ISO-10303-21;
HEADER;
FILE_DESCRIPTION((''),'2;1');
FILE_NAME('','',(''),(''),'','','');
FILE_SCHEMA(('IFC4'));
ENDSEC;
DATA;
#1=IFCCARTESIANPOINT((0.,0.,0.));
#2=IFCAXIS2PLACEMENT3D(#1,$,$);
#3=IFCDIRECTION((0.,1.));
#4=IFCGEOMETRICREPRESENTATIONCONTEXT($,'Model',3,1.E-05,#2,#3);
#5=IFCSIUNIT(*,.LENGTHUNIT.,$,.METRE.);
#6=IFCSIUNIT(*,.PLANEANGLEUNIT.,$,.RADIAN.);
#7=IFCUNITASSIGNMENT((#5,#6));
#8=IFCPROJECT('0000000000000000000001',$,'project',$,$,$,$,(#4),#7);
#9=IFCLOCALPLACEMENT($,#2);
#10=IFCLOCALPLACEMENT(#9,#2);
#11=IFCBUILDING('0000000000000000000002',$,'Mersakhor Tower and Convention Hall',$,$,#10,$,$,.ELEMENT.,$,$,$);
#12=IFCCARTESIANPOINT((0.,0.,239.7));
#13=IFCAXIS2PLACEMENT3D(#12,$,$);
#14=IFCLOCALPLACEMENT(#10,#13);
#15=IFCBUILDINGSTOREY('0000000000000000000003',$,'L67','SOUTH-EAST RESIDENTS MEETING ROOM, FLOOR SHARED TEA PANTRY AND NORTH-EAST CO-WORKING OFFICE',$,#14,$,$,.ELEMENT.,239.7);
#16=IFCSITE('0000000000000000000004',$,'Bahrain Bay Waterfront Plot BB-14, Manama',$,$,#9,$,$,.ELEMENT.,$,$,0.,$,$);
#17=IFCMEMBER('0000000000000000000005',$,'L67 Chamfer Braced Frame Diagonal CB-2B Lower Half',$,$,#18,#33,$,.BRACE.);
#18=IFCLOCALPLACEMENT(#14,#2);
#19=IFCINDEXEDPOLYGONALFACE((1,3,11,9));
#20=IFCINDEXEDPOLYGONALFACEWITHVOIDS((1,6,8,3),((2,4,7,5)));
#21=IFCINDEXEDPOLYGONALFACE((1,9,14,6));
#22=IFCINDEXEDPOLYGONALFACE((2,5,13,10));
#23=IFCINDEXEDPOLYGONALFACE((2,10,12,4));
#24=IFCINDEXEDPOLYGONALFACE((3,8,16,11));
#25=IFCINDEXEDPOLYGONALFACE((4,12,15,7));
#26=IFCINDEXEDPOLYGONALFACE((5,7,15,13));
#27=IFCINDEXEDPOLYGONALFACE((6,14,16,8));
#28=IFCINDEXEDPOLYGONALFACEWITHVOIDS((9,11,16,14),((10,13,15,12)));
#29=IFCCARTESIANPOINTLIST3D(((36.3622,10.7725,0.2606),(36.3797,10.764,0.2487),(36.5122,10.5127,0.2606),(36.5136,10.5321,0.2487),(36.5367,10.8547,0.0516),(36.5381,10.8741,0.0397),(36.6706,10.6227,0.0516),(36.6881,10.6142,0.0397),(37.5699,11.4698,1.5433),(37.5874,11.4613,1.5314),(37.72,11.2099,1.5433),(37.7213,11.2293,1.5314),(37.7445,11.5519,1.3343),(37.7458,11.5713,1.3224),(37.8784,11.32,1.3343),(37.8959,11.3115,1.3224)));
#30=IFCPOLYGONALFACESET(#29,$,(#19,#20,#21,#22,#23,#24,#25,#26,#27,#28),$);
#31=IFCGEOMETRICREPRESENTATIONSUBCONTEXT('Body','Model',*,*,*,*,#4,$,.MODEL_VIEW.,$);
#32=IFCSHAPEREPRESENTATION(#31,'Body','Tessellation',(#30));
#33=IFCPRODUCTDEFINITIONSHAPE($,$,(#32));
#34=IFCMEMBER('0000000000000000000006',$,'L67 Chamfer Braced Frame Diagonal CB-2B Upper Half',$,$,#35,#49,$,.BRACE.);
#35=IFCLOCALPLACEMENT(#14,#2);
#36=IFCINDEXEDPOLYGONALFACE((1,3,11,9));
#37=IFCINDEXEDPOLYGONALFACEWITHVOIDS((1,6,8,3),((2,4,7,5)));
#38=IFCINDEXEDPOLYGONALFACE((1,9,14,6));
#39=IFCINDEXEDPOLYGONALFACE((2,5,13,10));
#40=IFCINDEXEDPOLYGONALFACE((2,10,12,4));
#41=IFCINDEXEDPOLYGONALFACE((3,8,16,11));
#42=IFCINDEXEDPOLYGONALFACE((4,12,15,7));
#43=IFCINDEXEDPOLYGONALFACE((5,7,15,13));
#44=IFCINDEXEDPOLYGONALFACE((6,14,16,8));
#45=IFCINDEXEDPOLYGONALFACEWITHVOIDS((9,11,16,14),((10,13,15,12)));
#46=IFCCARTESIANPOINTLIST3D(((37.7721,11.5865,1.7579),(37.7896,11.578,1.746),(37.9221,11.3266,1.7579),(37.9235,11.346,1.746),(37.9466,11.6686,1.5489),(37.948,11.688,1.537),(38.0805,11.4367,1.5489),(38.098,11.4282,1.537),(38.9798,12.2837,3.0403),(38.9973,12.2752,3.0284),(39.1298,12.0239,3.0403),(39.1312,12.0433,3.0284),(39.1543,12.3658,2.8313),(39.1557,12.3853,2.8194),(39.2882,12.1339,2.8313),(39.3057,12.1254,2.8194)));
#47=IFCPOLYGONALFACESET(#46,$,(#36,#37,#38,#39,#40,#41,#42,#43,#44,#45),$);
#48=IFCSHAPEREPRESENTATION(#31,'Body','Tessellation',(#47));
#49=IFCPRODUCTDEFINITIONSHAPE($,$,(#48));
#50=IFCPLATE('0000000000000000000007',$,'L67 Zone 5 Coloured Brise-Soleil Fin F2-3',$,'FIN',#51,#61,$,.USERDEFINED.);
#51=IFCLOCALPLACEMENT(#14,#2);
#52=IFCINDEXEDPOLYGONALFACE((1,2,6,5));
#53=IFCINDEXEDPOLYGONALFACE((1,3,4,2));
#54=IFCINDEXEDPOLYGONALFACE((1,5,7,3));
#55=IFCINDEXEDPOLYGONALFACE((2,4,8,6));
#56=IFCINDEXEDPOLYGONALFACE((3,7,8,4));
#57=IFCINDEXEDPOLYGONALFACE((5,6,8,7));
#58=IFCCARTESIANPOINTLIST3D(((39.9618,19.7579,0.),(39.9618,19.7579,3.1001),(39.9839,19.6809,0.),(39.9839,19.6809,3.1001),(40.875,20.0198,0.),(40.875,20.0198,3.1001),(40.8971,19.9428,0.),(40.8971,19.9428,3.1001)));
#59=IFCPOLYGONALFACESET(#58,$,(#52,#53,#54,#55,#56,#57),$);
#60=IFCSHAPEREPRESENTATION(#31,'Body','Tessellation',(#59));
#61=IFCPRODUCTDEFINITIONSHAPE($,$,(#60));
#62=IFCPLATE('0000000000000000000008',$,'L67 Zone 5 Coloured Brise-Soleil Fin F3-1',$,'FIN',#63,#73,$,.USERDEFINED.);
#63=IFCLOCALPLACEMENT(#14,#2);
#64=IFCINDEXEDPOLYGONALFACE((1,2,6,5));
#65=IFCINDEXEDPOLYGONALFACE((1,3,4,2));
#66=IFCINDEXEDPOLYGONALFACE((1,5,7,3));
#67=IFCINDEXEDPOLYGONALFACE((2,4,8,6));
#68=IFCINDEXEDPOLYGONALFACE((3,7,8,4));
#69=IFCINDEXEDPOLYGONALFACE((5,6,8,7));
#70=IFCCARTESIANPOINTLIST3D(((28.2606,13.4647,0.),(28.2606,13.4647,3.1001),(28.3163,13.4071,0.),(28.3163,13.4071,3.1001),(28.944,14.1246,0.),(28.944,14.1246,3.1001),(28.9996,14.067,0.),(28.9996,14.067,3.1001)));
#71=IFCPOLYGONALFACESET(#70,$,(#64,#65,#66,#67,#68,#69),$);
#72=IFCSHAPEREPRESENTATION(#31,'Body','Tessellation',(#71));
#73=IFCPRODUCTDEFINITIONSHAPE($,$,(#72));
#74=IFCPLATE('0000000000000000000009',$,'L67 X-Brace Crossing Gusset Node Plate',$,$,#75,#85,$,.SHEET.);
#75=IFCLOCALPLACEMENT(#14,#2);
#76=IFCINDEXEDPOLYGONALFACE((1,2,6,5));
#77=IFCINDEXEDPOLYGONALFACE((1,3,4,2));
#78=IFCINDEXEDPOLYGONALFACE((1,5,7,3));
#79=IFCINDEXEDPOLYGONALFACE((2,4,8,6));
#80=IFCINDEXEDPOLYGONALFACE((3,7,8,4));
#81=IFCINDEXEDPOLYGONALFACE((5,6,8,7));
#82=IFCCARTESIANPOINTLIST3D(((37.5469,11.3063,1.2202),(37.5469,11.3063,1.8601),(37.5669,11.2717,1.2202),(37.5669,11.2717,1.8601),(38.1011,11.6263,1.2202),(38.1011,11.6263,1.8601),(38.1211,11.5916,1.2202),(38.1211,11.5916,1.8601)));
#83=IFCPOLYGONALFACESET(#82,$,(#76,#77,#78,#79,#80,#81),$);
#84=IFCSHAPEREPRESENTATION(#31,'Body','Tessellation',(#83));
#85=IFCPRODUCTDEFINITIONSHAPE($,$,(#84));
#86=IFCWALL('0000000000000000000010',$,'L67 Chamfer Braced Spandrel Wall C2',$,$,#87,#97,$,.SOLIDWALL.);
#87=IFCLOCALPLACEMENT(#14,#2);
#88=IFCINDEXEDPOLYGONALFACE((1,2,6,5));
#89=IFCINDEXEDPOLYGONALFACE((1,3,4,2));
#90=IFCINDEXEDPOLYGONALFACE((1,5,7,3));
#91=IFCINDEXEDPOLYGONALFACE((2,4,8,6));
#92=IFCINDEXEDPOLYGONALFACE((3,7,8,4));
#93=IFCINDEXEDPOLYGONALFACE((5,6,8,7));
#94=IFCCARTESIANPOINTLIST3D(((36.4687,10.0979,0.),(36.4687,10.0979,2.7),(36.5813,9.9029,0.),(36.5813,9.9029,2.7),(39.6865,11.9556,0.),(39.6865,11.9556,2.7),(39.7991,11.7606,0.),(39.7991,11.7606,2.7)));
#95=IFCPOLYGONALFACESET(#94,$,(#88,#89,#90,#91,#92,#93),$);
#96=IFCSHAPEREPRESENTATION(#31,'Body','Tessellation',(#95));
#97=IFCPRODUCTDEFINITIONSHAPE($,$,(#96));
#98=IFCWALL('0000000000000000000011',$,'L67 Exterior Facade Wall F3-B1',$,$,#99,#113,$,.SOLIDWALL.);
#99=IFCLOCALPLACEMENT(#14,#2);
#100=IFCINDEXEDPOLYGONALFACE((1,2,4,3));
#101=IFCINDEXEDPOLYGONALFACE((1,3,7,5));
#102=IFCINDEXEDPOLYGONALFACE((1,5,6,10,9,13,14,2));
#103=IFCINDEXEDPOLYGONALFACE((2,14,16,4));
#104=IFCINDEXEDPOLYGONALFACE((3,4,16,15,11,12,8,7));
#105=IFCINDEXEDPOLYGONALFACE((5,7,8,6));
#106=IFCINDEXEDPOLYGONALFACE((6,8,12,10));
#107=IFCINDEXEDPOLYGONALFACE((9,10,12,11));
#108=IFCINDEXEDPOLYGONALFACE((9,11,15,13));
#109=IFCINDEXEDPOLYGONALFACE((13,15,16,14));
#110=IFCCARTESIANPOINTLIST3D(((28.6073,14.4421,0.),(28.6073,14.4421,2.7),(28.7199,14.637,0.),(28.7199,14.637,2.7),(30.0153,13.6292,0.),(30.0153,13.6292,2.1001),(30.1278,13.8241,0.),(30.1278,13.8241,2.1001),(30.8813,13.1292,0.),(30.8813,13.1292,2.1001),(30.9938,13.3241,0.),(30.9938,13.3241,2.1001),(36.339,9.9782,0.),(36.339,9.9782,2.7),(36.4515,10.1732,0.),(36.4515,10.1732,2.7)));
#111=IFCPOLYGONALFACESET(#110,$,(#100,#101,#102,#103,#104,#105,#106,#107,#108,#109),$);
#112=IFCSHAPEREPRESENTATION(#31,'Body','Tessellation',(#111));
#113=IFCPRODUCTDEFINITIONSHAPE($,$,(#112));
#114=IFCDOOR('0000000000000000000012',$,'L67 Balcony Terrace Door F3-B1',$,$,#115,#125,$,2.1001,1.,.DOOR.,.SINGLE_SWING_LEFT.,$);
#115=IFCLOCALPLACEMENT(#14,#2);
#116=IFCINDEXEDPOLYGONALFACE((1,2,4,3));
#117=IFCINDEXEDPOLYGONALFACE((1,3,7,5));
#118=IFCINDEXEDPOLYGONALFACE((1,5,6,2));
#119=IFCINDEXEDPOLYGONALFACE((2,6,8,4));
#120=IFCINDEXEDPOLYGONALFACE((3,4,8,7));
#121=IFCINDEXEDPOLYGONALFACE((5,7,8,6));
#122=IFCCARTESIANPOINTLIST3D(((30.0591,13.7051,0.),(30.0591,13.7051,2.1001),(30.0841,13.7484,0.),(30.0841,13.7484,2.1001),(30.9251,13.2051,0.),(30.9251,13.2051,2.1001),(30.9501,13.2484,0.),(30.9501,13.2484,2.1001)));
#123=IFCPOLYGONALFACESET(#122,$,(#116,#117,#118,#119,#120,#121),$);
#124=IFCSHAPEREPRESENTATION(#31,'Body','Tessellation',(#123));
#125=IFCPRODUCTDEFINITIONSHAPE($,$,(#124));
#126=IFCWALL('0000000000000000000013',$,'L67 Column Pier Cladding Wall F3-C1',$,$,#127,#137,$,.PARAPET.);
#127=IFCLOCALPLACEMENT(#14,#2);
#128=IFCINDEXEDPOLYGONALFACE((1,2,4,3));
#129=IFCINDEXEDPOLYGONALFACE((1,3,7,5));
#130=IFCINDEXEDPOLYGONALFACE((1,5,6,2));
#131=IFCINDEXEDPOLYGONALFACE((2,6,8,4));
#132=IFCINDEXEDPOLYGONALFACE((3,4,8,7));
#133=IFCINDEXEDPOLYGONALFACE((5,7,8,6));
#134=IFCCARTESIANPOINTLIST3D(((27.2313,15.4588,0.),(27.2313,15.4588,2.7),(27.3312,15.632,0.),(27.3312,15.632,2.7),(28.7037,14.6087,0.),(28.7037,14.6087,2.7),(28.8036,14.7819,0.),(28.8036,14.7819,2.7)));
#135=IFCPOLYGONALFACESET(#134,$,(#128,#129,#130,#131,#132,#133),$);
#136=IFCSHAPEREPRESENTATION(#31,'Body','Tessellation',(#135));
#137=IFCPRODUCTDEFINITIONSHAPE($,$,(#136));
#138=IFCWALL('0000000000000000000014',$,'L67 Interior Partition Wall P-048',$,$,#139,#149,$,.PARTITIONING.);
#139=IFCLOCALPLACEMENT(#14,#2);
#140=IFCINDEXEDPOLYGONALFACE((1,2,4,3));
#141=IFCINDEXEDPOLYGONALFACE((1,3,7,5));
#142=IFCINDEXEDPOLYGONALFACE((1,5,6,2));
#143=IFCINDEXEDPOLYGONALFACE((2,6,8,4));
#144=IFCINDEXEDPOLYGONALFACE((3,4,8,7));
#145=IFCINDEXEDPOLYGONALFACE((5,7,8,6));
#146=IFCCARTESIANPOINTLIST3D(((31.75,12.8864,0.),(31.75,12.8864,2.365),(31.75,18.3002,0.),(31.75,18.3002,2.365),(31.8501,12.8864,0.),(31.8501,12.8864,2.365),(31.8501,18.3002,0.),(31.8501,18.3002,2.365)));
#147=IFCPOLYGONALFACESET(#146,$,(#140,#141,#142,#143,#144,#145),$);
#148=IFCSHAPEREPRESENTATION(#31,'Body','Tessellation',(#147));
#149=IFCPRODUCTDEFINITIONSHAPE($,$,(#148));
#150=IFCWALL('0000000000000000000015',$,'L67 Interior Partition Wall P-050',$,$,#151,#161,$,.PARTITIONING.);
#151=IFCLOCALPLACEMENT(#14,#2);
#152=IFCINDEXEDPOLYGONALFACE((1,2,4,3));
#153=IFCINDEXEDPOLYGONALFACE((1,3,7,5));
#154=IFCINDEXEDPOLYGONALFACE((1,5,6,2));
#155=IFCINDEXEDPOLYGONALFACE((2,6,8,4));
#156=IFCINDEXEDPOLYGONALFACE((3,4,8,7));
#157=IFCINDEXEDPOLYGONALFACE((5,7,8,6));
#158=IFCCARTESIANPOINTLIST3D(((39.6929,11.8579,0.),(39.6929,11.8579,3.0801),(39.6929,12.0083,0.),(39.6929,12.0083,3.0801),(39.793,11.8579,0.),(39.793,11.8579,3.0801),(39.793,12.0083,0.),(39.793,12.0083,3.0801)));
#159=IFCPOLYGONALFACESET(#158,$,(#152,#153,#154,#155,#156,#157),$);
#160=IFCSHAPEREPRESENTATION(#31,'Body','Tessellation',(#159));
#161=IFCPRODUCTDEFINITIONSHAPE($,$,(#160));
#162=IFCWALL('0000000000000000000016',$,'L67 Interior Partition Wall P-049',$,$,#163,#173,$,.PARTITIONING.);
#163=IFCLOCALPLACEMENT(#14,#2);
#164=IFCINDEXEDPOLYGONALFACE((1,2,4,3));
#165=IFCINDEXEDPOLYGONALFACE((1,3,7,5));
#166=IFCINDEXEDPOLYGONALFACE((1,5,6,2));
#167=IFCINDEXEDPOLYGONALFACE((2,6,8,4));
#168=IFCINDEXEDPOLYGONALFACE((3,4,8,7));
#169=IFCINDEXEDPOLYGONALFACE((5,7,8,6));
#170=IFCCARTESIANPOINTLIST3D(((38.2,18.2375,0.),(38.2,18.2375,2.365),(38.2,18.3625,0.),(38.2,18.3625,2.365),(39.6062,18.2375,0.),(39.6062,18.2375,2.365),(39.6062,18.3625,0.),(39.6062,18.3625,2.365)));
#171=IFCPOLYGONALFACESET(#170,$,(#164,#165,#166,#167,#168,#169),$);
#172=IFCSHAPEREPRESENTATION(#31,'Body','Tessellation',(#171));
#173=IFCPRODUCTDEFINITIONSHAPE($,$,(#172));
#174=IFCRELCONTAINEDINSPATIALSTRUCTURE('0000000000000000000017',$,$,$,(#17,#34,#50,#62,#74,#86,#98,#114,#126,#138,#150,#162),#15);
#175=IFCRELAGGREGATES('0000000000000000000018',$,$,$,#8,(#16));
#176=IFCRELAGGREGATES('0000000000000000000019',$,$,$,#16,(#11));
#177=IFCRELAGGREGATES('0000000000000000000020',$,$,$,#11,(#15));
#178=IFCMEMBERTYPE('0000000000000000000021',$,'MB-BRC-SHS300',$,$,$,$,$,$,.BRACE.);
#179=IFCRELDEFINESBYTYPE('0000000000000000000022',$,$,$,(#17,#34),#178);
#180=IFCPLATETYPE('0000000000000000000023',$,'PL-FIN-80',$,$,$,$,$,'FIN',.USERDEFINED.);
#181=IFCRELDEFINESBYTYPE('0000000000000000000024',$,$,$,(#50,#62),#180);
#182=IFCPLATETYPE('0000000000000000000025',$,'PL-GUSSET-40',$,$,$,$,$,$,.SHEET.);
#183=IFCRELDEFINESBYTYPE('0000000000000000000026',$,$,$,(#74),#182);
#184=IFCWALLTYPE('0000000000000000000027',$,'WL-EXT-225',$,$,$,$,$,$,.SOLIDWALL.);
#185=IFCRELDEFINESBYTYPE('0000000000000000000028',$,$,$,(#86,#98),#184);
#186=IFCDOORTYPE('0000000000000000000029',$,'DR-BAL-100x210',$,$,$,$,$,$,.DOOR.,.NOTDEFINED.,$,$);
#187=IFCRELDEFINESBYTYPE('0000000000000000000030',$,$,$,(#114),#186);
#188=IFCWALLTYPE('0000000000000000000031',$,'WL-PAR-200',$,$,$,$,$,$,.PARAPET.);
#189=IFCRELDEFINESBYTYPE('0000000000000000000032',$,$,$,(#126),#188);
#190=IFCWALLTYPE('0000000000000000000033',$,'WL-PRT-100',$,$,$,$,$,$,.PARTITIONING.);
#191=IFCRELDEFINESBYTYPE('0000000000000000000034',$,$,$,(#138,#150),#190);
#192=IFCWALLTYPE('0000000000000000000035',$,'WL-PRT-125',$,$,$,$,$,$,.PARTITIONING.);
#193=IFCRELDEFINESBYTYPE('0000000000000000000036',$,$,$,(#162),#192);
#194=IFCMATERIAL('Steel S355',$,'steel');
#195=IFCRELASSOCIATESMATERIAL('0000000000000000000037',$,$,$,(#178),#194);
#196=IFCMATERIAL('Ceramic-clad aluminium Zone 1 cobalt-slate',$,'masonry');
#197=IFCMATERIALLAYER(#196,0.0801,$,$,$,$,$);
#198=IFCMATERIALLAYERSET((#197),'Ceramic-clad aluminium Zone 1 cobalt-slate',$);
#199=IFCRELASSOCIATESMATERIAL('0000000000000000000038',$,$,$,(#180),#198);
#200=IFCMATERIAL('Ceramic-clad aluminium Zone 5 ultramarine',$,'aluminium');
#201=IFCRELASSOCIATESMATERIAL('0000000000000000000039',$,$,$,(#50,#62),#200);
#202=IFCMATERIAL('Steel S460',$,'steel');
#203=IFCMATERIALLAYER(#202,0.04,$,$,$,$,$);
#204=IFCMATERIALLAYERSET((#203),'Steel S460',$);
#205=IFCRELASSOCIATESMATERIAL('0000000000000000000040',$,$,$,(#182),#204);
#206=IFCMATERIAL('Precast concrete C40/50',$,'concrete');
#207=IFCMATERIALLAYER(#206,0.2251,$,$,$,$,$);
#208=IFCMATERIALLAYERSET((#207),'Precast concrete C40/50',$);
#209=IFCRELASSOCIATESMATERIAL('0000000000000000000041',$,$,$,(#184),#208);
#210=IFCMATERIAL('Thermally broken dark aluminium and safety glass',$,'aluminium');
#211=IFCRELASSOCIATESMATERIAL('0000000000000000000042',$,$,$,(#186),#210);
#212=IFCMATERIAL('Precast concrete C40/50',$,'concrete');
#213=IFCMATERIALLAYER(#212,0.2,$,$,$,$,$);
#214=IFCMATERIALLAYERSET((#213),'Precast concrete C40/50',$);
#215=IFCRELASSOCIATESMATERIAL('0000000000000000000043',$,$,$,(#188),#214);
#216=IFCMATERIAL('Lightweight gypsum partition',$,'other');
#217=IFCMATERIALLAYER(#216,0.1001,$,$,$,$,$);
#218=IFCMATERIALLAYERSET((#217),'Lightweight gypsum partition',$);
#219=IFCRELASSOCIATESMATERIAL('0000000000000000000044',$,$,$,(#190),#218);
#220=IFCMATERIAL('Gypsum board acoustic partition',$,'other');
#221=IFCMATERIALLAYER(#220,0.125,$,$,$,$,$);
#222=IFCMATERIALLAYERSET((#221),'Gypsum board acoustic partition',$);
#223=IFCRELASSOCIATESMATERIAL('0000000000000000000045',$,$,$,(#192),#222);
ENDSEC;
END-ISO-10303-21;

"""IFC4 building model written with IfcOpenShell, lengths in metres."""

from ifc_helpers import new_model, si_unit, direction, frame, frame_2d, origin, origin_2d, place, context, subcontext, project, spatial, rectangle, hollow_rectangle, extrude, material, layer, layer_set, material_profile, profile_set, type_object, element, fill, save


model = new_model("IFC4")

# Units and contexts
model_context = context("Model", 3, precision=1e-05, world=origin(), true_north=direction((0.0, 1.0)))
body_context = subcontext(model_context, "Body", "Model", "MODEL_VIEW")
ifc_project = project(units=[si_unit("LENGTHUNIT", "METRE"), si_unit("PLANEANGLEUNIT", "RADIAN")], contexts=[model_context])

# Site, building, storey
site_placement = place(None, origin())
site = spatial("IfcSite", under=ifc_project, at=site_placement, Name="Bahrain Bay Waterfront Plot BB-14, Manama", CompositionType="ELEMENT", RefElevation=0.0)
building_placement = place(site_placement, origin())
building = spatial("IfcBuilding", under=site, at=building_placement, Name="Mersakhor Tower and Convention Hall", CompositionType="ELEMENT")
storey_placement = place(building_placement, frame((0.0, 0.0, 239.7)))
storey = spatial("IfcBuildingStorey", under=building, at=storey_placement, Name="L67", Description="SOUTH-EAST RESIDENTS MEETING ROOM, FLOOR SHARED TEA PANTRY AND NORTH-EAST CO-WORKING OFFICE", CompositionType="ELEMENT", Elevation=239.7)

# Members
ifc_material_1 = material(Name="Steel S355", Category="steel")
ifc_material_profile_1 = material_profile(ifc_material_1, hollow_rectangle(XDim=0.3, YDim=0.3, WallThickness=0.0161, at=origin_2d()), Name="SHS 300x300x16")
ifc_profile_set_1 = profile_set([ifc_material_profile_1], Name="Steel S355")
member_type = type_object("IfcMemberType", Name="MB-BRC-SHS300", PredefinedType="BRACE", material=ifc_profile_set_1)
member_1_placement = place(storey_placement, frame((36.5251, 10.6934, 0.1501), z_axis=(0.637413, 0.367991, 0.676969), x_axis=(-0.49998, 0.866037, 0.0)))
element("IfcMember", 1, at=member_1_placement, inside=storey, type_object=member_type, Name="L67 Chamfer Braced Frame Diagonal CB-2B Lower Half", PredefinedType="BRACE", context=body_context, shape_type="SweptSolid", body=[
    extrude(hollow_rectangle(XDim=0.3, YDim=0.3, WallThickness=0.0161, at=origin_2d()), origin(), (0.0, 0.0, 1.0), 1.8948),
])
member_2_placement = place(storey_placement, frame((37.9351, 11.5073, 1.6475), z_axis=(0.637468, 0.368023, 0.6769), x_axis=(-0.49998, 0.866037, 0.0)))
element("IfcMember", 2, at=member_2_placement, inside=storey, type_object=member_type, Name="L67 Chamfer Braced Frame Diagonal CB-2B Upper Half", PredefinedType="BRACE", context=body_context, shape_type="SweptSolid", body=[
    extrude(hollow_rectangle(XDim=0.3, YDim=0.3, WallThickness=0.0161, at=origin_2d()), origin(), (0.0, 0.0, 1.0), 1.8945),
])

# Plates
ifc_material_2 = material(Name="Ceramic-clad aluminium Zone 5 ultramarine", Category="aluminium")
ifc_material_3 = material(Name="Ceramic-clad aluminium Zone 1 cobalt-slate", Category="masonry")
ifc_layer_1 = layer(ifc_material_3, 0.0801)
ifc_layer_set_1 = layer_set([ifc_layer_1], Name="Ceramic-clad aluminium Zone 1 cobalt-slate")
plate_type_1 = type_object("IfcPlateType", Name="PL-FIN-80", ElementType="FIN", PredefinedType="USERDEFINED", material=ifc_layer_set_1)
for number, where, z_axis, x_axis, name in (
    (3, (40.4294, 19.8503, 0.0), (0.0, 0.0, 1.0), (0.961262, 0.275637, 0.0), "L67 Zone 5 Coloured Brise-Soleil Fin F2-3"),
    (4, (28.6301, 13.7659, 0.0), (0.0, 0.0, 1.0), (-0.71934, -0.694658, 0.0), "L67 Zone 5 Coloured Brise-Soleil Fin F3-1"),
):
    element("IfcPlate", number, at=place(storey_placement, frame(where, z_axis=z_axis, x_axis=x_axis)), inside=storey, type_object=plate_type_1, material=ifc_material_2, Name=name, ObjectType="FIN", PredefinedType="USERDEFINED", context=body_context, shape_type="SweptSolid", body=[
        extrude(rectangle(XDim=0.95, YDim=0.0801, at=origin_2d()), origin(), (0.0, 0.0, 1.0), 3.1001),
    ])
ifc_material_4 = material(Name="Steel S460", Category="steel")
ifc_layer_2 = layer(ifc_material_4, 0.04)
ifc_layer_set_2 = layer_set([ifc_layer_2], Name="Steel S460")
plate_type_2 = type_object("IfcPlateType", Name="PL-GUSSET-40", PredefinedType="SHEET", material=ifc_layer_set_2)
plate_placement = place(storey_placement, frame((37.834, 11.449, 1.2202), z_axis=(0.0, 0.0, 1.0), x_axis=(0.866025, 0.5, 0.0)))
element("IfcPlate", 5, at=plate_placement, inside=storey, type_object=plate_type_2, Name="L67 X-Brace Crossing Gusset Node Plate", PredefinedType="SHEET", context=body_context, shape_type="SweptSolid", body=[
    extrude(rectangle(XDim=0.6399, YDim=0.04, at=origin_2d()), origin(), (0.0, 0.0, 1.0), 0.6399),
])

# Wall
ifc_material_5 = material(Name="Precast concrete C40/50", Category="concrete")
ifc_layer_3 = layer(ifc_material_5, 0.2251)
ifc_layer_set_3 = layer_set([ifc_layer_3], Name="Precast concrete C40/50")
wall_type_1 = type_object("IfcWallType", Name="WL-EXT-225", PredefinedType="SOLIDWALL", material=ifc_layer_set_3)
wall_1_placement = place(storey_placement, frame((39.7429, 11.8582, 0.0), z_axis=(0.0, 0.0, 1.0), x_axis=(-0.866039, -0.499977, 0.0)))
element("IfcWall", 6, at=wall_1_placement, inside=storey, type_object=wall_type_1, Name="L67 Chamfer Braced Spandrel Wall C2", PredefinedType="SOLIDWALL", context=body_context, shape_type="SweptSolid", body=[
    extrude(rectangle(XDim=3.7156, YDim=0.2251, at=frame_2d((1.8579, 0.0))), origin(), (0.0, 0.0, 1.0), 2.7),
])

# Wall, opening, door
wall_2_placement = place(storey_placement, frame((36.3953, 10.0757, 0.0), z_axis=(0.0, 0.0, 1.0), x_axis=(-0.866027, 0.499998, 0.0)))
wall_2 = element("IfcWall", 7, at=wall_2_placement, inside=storey, type_object=wall_type_1, Name="L67 Exterior Facade Wall F3-B1", PredefinedType="SOLIDWALL", context=body_context, shape_type="SweptSolid", body=[
    extrude(rectangle(XDim=8.9277, YDim=0.2251, at=frame_2d((4.4639, 0.0))), origin(), (0.0, 0.0, 1.0), 2.7),
])
opening_1_placement = place(wall_2_placement, frame((6.302, 0.0, 0.0)))
opening_1 = element("IfcOpeningElement", 8, at=opening_1_placement, cuts=wall_2, PredefinedType="OPENING", context=body_context, shape_type="SweptSolid", body=[
    extrude(rectangle(XDim=1.0, YDim=2.1001, at=frame_2d((0.5, 1.05))), frame((0.0, 0.1226, 0.0), z_axis=(0.0, -1.0, 0.0), x_axis=(1.0, 0.0, 0.0)), (0.0, 0.0, 1.0), 0.2451),
])
ifc_material_6 = material(Name="Thermally broken dark aluminium and safety glass", Category="aluminium")
door_type_1 = type_object("IfcDoorType", Name="DR-BAL-100x210", OperationType="NOTDEFINED", PredefinedType="DOOR", material=ifc_material_6)
door_1_placement = place(opening_1_placement, origin())
door_1 = element("IfcDoor", 9, at=door_1_placement, inside=storey, type_object=door_type_1, Name="L67 Balcony Terrace Door F3-B1", OperationType="SINGLE_SWING_LEFT", OverallHeight=2.1001, OverallWidth=1.0, PredefinedType="DOOR", context=body_context, shape_type="SweptSolid", body=[
    extrude(rectangle(XDim=1.0, YDim=2.1001, at=frame_2d((0.5, 1.05))), frame((0.0, 0.0249, 0.0), z_axis=(0.0, -1.0, 0.0), x_axis=(1.0, 0.0, 0.0)), (0.0, 0.0, 1.0), 0.05),
])
fill(opening_1, door_1)

# Walls
ifc_material_7 = material(Name="Precast concrete C40/50", Category="concrete")
ifc_layer_4 = layer(ifc_material_7, 0.2)
ifc_layer_set_4 = layer_set([ifc_layer_4], Name="Precast concrete C40/50")
wall_type_2 = type_object("IfcWallType", Name="WL-PAR-200", PredefinedType="PARAPET", material=ifc_layer_set_4)
wall_3_placement = place(storey_placement, frame((28.7537, 14.6953, 0.0), z_axis=(0.0, 0.0, 1.0), x_axis=(-0.866025, 0.5, 0.0)))
element("IfcWall", 10, at=wall_3_placement, inside=storey, type_object=wall_type_2, Name="L67 Column Pier Cladding Wall F3-C1", PredefinedType="PARAPET", context=body_context, shape_type="SweptSolid", body=[
    extrude(rectangle(XDim=1.7002, YDim=0.2, at=frame_2d((0.8501, 0.0))), origin(), (0.0, 0.0, 1.0), 2.7),
])
ifc_material_8 = material(Name="Lightweight gypsum partition", Category="other")
ifc_layer_5 = layer(ifc_material_8, 0.1001)
ifc_layer_set_5 = layer_set([ifc_layer_5], Name="Lightweight gypsum partition")
wall_type_3 = type_object("IfcWallType", Name="WL-PRT-100", PredefinedType="PARTITIONING", material=ifc_layer_set_5)
wall_4_placement = place(storey_placement, frame((31.8, 12.8862, 0.0), z_axis=(0.0, 0.0, 1.0), x_axis=(0.0, 1.0, 0.0)))
element("IfcWall", 11, at=wall_4_placement, inside=storey, type_object=wall_type_3, Name="L67 Interior Partition Wall P-048", PredefinedType="PARTITIONING", context=body_context, shape_type="SweptSolid", body=[
    extrude(rectangle(XDim=5.4138, YDim=0.1001, at=frame_2d((2.707, 0.0))), origin(), (0.0, 0.0, 1.0), 2.365),
])
wall_5_placement = place(storey_placement, frame((39.7429, 12.0083, 0.0), z_axis=(0.0, 0.0, 1.0), x_axis=(0.0, -1.0, 0.0)))
element("IfcWall", 12, at=wall_5_placement, inside=storey, type_object=wall_type_3, Name="L67 Interior Partition Wall P-050", PredefinedType="PARTITIONING", context=body_context, shape_type="SweptSolid", body=[
    extrude(rectangle(XDim=0.1504, YDim=0.1001, at=frame_2d((0.0752, 0.0))), origin(), (0.0, 0.0, 1.0), 3.0801),
])
ifc_material_9 = material(Name="Gypsum board acoustic partition", Category="other")
ifc_layer_6 = layer(ifc_material_9, 0.125)
ifc_layer_set_6 = layer_set([ifc_layer_6], Name="Gypsum board acoustic partition")
wall_type_4 = type_object("IfcWallType", Name="WL-PRT-125", PredefinedType="PARTITIONING", material=ifc_layer_set_6)
wall_6_placement = place(storey_placement, frame((38.2, 18.3, 0.0), z_axis=(0.0, 0.0, 1.0), x_axis=(1.0, 0.0, 0.0)))
element("IfcWall", 13, at=wall_6_placement, inside=storey, type_object=wall_type_4, Name="L67 Interior Partition Wall P-049", PredefinedType="PARTITIONING", context=body_context, shape_type="SweptSolid", body=[
    extrude(rectangle(XDim=1.4062, YDim=0.125, at=frame_2d((0.7031, 0.0))), origin(), (0.0, 0.0, 1.0), 2.365),
])

save(model, "model.ifc")
